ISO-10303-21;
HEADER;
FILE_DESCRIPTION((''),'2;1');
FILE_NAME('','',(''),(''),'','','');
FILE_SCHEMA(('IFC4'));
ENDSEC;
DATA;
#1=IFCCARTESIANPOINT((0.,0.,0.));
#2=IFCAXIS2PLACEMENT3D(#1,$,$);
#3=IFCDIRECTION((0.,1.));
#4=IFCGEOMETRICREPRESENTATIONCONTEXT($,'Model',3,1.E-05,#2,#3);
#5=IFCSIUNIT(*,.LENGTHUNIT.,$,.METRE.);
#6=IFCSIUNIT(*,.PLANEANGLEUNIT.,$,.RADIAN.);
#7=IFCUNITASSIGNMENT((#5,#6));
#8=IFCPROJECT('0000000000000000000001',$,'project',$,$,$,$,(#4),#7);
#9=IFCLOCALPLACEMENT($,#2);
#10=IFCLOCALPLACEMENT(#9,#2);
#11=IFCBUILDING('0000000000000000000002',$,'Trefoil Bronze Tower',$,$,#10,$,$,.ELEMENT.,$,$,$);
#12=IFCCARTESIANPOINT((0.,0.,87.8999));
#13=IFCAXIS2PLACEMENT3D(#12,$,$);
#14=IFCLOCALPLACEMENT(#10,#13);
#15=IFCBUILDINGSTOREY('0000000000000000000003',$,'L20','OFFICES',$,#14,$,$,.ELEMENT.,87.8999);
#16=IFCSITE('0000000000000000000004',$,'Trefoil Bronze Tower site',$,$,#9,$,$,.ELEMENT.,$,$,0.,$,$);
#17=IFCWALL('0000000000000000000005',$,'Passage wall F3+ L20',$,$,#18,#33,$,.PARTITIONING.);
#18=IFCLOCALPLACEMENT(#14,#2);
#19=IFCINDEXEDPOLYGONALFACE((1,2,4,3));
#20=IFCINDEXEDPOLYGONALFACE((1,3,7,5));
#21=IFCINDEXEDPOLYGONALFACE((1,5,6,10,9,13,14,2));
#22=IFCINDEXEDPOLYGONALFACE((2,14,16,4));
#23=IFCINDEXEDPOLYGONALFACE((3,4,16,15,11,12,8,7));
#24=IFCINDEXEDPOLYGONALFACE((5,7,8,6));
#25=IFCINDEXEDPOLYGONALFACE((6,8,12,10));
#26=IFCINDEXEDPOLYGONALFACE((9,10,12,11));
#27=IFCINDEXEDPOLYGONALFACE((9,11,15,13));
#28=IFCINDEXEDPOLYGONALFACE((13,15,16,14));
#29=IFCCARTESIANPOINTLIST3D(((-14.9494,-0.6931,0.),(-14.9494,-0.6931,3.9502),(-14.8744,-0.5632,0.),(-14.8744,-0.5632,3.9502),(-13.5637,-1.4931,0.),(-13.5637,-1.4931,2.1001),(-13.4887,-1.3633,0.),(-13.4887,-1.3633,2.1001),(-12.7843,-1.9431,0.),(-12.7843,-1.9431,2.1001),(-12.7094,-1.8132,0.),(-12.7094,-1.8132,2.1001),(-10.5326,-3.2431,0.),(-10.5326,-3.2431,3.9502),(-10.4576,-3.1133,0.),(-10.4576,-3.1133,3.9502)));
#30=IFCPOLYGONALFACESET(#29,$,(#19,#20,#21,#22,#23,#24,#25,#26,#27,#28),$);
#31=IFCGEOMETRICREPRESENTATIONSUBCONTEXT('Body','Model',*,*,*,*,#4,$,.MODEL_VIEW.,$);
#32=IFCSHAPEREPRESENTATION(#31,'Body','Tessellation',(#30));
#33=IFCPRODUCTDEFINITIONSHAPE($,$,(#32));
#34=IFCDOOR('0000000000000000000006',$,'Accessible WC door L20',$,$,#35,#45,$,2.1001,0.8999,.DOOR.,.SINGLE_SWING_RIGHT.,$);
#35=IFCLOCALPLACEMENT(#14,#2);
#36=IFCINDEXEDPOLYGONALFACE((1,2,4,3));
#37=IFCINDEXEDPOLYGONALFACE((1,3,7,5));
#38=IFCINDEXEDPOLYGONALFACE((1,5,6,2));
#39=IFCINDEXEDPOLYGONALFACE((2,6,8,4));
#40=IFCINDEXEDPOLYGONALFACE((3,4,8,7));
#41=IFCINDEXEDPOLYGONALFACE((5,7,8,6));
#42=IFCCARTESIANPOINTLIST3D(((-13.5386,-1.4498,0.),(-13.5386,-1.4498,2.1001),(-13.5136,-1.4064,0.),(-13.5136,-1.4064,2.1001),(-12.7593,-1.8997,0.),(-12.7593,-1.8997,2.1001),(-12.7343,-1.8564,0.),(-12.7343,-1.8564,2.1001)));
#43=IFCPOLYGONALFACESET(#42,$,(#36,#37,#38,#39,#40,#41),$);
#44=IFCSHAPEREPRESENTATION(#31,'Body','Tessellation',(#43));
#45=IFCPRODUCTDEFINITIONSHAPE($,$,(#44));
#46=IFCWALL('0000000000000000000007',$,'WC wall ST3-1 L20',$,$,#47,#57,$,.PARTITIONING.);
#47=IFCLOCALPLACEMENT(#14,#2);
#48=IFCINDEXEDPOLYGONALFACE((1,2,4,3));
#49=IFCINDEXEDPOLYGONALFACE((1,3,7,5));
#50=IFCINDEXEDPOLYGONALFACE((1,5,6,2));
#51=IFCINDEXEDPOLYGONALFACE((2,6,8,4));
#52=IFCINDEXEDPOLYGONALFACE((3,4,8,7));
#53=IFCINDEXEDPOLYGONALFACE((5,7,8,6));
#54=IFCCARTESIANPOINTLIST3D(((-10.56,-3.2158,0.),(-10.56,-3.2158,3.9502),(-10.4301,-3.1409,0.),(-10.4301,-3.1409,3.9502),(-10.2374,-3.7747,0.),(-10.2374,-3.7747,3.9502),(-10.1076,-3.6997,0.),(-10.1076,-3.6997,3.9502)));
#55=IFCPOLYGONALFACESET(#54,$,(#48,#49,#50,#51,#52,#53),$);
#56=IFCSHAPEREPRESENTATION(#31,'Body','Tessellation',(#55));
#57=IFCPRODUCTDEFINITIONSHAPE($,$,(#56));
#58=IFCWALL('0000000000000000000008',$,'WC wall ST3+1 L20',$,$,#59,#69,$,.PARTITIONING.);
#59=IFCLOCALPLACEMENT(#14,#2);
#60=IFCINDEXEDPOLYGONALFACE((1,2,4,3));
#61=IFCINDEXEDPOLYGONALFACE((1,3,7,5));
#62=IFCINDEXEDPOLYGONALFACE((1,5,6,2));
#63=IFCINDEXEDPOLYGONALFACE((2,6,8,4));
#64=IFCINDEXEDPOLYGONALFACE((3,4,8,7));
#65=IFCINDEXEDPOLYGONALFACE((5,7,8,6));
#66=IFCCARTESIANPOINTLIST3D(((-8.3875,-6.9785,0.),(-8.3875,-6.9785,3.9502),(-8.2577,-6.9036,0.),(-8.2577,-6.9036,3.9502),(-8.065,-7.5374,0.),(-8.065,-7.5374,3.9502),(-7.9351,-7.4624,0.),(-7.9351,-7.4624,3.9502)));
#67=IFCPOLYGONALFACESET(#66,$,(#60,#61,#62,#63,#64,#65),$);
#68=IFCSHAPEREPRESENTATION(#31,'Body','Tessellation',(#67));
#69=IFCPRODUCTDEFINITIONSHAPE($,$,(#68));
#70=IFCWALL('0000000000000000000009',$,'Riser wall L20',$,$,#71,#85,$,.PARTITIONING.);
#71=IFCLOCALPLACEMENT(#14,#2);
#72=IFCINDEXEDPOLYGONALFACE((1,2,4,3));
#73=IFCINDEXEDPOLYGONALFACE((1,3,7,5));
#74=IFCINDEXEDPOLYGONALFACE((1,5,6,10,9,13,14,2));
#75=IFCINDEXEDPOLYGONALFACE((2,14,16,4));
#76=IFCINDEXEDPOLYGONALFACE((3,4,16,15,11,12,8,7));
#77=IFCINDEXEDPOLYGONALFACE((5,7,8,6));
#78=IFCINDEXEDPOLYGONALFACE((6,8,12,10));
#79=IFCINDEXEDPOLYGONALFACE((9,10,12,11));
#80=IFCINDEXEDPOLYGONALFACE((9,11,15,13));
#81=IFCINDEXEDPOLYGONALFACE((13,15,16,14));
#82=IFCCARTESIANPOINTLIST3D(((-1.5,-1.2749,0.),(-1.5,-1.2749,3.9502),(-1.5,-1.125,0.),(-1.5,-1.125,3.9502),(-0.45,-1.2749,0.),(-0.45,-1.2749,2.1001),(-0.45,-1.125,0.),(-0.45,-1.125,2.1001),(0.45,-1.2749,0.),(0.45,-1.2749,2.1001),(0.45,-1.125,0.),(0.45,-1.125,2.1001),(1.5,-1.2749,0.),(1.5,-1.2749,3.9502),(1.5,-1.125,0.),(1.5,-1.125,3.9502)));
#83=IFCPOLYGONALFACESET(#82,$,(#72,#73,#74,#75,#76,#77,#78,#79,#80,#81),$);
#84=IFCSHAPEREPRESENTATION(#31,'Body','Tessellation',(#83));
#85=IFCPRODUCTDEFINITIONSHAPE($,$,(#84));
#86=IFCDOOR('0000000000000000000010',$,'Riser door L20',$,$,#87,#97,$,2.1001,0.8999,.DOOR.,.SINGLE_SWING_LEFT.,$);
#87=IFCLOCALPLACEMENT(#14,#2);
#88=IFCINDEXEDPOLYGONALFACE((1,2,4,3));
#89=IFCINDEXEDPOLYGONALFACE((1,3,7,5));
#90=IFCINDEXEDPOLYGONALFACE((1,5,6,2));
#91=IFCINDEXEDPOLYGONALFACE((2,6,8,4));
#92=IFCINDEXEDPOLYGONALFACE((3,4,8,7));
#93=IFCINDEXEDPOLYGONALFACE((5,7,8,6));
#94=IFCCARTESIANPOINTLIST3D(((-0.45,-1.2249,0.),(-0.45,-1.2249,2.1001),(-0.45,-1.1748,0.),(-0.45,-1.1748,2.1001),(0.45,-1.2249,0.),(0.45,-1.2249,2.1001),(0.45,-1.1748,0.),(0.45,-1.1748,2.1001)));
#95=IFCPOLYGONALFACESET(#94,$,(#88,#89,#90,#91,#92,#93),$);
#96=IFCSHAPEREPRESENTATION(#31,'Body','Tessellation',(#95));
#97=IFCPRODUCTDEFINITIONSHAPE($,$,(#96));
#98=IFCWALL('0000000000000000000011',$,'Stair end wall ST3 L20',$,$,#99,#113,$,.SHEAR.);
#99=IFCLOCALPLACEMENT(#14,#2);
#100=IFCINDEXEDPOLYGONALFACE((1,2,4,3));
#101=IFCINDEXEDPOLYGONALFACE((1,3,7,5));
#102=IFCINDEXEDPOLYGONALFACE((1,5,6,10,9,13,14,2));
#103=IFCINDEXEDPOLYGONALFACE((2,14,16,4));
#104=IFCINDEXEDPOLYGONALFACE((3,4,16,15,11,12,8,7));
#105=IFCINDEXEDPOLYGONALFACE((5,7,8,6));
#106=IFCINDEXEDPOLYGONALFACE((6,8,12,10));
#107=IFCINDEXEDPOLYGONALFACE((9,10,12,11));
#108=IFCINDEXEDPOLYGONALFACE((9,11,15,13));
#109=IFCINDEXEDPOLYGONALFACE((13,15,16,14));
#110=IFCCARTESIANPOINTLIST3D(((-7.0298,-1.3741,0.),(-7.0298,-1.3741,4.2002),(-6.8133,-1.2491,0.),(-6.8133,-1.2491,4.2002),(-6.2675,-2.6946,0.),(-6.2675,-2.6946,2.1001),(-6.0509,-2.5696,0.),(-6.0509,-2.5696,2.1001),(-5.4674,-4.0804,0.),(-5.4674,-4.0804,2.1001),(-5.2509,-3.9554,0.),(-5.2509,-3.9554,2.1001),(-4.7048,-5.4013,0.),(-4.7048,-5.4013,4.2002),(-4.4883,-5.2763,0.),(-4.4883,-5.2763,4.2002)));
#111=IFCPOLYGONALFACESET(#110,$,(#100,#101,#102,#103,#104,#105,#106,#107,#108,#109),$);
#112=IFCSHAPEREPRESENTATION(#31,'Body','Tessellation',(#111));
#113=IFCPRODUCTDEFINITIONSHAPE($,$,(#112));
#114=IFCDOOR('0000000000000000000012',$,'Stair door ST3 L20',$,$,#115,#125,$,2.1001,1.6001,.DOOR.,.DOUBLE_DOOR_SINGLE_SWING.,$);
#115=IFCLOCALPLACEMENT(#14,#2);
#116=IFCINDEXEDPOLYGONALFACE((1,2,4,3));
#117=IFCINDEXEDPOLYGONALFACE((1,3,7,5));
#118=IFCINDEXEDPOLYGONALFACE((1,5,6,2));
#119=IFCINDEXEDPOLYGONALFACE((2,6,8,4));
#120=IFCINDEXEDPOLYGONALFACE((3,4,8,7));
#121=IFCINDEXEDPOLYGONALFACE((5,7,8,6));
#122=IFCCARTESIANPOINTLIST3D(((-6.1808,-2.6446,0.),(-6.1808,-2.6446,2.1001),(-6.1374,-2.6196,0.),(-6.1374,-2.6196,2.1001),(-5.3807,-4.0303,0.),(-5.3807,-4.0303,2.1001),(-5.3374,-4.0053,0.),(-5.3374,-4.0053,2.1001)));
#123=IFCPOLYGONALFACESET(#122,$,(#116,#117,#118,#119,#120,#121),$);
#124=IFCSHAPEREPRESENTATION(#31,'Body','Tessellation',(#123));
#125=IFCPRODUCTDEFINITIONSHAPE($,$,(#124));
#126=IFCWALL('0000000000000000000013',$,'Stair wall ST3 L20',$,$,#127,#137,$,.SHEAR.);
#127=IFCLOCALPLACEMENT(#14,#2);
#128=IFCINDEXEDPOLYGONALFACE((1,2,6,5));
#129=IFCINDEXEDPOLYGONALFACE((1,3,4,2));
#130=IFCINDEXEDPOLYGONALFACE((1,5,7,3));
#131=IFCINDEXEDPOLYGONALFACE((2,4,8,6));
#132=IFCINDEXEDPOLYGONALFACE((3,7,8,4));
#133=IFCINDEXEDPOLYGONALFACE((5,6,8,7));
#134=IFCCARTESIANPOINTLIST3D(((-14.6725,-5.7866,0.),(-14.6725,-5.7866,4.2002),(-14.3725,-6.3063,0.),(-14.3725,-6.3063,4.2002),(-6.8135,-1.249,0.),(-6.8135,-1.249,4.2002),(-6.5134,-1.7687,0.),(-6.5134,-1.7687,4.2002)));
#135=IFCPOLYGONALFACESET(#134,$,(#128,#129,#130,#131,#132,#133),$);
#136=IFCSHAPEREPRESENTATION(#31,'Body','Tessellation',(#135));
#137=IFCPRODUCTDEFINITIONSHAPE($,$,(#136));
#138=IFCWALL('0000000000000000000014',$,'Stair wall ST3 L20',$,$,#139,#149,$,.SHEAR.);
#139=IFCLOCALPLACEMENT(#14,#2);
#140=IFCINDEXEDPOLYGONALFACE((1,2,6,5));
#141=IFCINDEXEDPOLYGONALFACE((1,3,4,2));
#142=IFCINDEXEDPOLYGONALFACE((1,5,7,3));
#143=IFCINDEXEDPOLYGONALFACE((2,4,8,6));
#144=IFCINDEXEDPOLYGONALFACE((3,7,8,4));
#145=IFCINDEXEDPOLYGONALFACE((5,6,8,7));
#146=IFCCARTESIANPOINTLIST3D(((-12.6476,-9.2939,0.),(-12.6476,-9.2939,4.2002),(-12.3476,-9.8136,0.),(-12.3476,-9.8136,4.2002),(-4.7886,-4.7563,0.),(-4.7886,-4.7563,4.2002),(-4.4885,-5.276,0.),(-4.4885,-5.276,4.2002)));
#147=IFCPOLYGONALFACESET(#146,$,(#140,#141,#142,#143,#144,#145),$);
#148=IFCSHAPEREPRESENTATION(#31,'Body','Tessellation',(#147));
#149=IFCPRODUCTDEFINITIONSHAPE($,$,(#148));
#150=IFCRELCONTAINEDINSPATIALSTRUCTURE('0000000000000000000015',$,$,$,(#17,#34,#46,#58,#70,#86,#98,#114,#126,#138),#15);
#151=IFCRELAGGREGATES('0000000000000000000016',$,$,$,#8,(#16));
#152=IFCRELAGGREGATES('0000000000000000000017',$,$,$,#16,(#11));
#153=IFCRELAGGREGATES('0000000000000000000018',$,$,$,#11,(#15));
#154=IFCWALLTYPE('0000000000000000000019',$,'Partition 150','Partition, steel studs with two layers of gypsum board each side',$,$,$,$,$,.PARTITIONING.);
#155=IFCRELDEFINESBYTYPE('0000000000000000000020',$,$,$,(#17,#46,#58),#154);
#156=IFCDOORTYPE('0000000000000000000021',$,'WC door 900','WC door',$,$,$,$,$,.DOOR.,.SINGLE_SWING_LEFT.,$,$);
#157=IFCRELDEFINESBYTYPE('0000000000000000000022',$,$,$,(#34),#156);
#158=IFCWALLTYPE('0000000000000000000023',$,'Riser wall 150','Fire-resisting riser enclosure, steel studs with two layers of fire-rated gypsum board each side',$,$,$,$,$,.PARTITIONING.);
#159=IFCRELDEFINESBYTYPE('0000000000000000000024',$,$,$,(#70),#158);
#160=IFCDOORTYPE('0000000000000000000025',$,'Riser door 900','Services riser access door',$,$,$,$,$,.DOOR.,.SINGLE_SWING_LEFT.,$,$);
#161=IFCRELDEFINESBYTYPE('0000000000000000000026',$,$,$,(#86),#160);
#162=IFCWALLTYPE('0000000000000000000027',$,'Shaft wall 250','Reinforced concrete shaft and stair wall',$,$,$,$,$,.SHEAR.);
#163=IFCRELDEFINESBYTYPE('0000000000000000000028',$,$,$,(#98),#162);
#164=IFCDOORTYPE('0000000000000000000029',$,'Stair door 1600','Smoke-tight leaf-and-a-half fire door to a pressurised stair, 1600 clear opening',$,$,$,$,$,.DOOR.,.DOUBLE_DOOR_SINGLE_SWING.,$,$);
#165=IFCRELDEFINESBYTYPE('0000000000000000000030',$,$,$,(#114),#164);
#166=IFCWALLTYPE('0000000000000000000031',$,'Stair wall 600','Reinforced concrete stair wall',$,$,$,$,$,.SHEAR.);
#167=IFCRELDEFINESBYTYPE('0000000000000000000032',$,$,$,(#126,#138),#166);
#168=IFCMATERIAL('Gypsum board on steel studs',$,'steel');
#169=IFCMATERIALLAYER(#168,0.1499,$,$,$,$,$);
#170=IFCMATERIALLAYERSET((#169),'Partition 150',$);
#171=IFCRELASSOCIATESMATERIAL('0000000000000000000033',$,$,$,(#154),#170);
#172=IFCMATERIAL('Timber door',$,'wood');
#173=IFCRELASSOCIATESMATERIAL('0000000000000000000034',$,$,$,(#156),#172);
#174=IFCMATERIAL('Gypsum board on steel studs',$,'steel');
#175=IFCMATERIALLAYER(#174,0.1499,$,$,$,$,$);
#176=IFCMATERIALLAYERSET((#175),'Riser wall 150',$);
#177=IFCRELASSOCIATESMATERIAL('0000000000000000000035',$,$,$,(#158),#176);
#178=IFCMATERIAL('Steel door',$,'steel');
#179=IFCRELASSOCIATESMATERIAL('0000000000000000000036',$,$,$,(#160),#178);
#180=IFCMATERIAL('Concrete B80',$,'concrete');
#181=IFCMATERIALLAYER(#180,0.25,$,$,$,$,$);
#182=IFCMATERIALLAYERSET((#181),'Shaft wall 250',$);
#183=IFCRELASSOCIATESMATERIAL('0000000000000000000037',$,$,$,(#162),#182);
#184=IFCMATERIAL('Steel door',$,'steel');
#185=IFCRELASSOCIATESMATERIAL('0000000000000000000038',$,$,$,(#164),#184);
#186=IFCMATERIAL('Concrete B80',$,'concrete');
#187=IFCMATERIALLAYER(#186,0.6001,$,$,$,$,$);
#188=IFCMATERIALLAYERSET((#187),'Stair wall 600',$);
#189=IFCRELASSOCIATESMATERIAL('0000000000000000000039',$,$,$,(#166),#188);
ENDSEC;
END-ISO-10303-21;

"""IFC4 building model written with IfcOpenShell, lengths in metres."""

from ifc_helpers import new_model, si_unit, direction, frame, frame_2d, origin, place, context, subcontext, project, spatial, rectangle, extrude, material, layer, layer_set, type_object, element, fill, save


model = new_model("IFC4")

# Units and contexts
model_context = context("Model", 3, precision=1e-05, world=origin(), true_north=direction((0.0, 1.0)))
body_context = subcontext(model_context, "Body", "Model", "MODEL_VIEW")
ifc_project = project(units=[si_unit("LENGTHUNIT", "METRE"), si_unit("PLANEANGLEUNIT", "RADIAN")], contexts=[model_context])

# Site, building, storey
site_placement = place(None, origin())
site = spatial("IfcSite", under=ifc_project, at=site_placement, Name="Trefoil Bronze Tower site", CompositionType="ELEMENT", RefElevation=0.0)
building_placement = place(site_placement, origin())
building = spatial("IfcBuilding", under=site, at=building_placement, Name="Trefoil Bronze Tower", CompositionType="ELEMENT")
storey_placement = place(building_placement, frame((0.0, 0.0, 87.8999)))
storey = spatial("IfcBuildingStorey", under=building, at=storey_placement, Name="L20", Description="OFFICES", CompositionType="ELEMENT", Elevation=87.8999)

# Wall, opening, door
ifc_material_1 = material(Name="Gypsum board on steel studs", Category="steel")
ifc_layer_1 = layer(ifc_material_1, 0.1499)
ifc_layer_set_1 = layer_set([ifc_layer_1], Name="Partition 150")
wall_type_1 = type_object("IfcWallType", Name="Partition 150", Description="Partition, steel studs with two layers of gypsum board each side", PredefinedType="PARTITIONING", material=ifc_layer_set_1)
ifc_material_2 = material(Name="Timber door", Category="wood")
door_type_1 = type_object("IfcDoorType", Name="WC door 900", Description="WC door", OperationType="SINGLE_SWING_LEFT", PredefinedType="DOOR", material=ifc_material_2)
wall_1_placement = place(storey_placement, frame((-10.4951, -3.1782, 0.0), z_axis=(0.0, 0.0, 1.0), x_axis=(-0.866022, 0.500006, 0.0)))
wall_1 = element("IfcWall", 1, at=wall_1_placement, inside=storey, type_object=wall_type_1, Name="Passage wall F3+ L20", PredefinedType="PARTITIONING", context=body_context, shape_type="SweptSolid", body=[
    extrude(rectangle(XDim=5.1001, YDim=0.1499, at=frame_2d((2.55, 0.0))), origin(), (0.0, 0.0, 1.0), 3.9502),
])
opening_1_placement = place(wall_1_placement, frame((2.6001, 0.0, 0.0)))
opening_1 = element("IfcOpeningElement", 2, at=opening_1_placement, cuts=wall_1, PredefinedType="OPENING", context=body_context, shape_type="SweptSolid", body=[
    extrude(rectangle(XDim=0.8999, YDim=2.1001, at=frame_2d((0.45, 1.05))), frame((0.0, 0.085, 0.0), z_axis=(0.0, -1.0, 0.0), x_axis=(1.0, 0.0, 0.0)), (0.0, 0.0, 1.0), 0.1699),
])
door_1_placement = place(opening_1_placement, origin())
door_1 = element("IfcDoor", 3, at=door_1_placement, inside=storey, type_object=door_type_1, Name="Accessible WC door L20", OperationType="SINGLE_SWING_RIGHT", OverallHeight=2.1001, OverallWidth=0.8999, PredefinedType="DOOR", context=body_context, shape_type="SweptSolid", body=[
    extrude(rectangle(XDim=0.8999, YDim=2.1001, at=frame_2d((0.45, 1.05))), frame((0.0, 0.0249, 0.0), z_axis=(0.0, -1.0, 0.0), x_axis=(1.0, 0.0, 0.0)), (0.0, 0.0, 1.0), 0.05),
])
fill(opening_1, door_1)

# Walls
for number, where, z_axis, x_axis, name in (
    (4, (-10.4951, -3.1782, 0.0), (0.0, 0.0, 1.0), (0.499843, -0.866116, 0.0), "WC wall ST3-1 L20"),
    (5, (-8.0, -7.5, 0.0), (0.0, 0.0, 1.0), (-0.499843, 0.866116, 0.0), "WC wall ST3+1 L20"),
):
    element("IfcWall", number, at=place(storey_placement, frame(where, z_axis=z_axis, x_axis=x_axis)), inside=storey, type_object=wall_type_1, Name=name, PredefinedType="PARTITIONING", context=body_context, shape_type="SweptSolid", body=[
        extrude(rectangle(XDim=0.6453, YDim=0.1499, at=frame_2d((0.3228, 0.0))), origin(), (0.0, 0.0, 1.0), 3.9502),
    ])

# Walls, openings, doors
ifc_material_3 = material(Name="Gypsum board on steel studs", Category="steel")
ifc_layer_2 = layer(ifc_material_3, 0.1499)
ifc_layer_set_2 = layer_set([ifc_layer_2], Name="Riser wall 150")
wall_type_2 = type_object("IfcWallType", Name="Riser wall 150", Description="Fire-resisting riser enclosure, steel studs with two layers of fire-rated gypsum board each side", PredefinedType="PARTITIONING", material=ifc_layer_set_2)
wall_2_placement = place(storey_placement, frame((-1.5, -1.2, 0.0), z_axis=(0.0, 0.0, 1.0), x_axis=(1.0, 0.0, 0.0)))
wall_2 = element("IfcWall", 6, at=wall_2_placement, inside=storey, type_object=wall_type_2, Name="Riser wall L20", PredefinedType="PARTITIONING", context=body_context, shape_type="SweptSolid", body=[
    extrude(rectangle(XDim=3.0, YDim=0.1499, at=frame_2d((1.5, 0.0))), origin(), (0.0, 0.0, 1.0), 3.9502),
])
opening_2_placement = place(wall_2_placement, frame((1.05, 0.0, 0.0)))
opening_2 = element("IfcOpeningElement", 7, at=opening_2_placement, cuts=wall_2, PredefinedType="OPENING", context=body_context, shape_type="SweptSolid", body=[
    extrude(rectangle(XDim=0.8999, YDim=2.1001, at=frame_2d((0.45, 1.05))), frame((0.0, 0.085, 0.0), z_axis=(0.0, -1.0, 0.0), x_axis=(1.0, 0.0, 0.0)), (0.0, 0.0, 1.0), 0.1699),
])
ifc_material_4 = material(Name="Steel door", Category="steel")
door_type_2 = type_object("IfcDoorType", Name="Riser door 900", Description="Services riser access door", OperationType="SINGLE_SWING_LEFT", PredefinedType="DOOR", material=ifc_material_4)
door_2_placement = place(opening_2_placement, frame((0.8999, 0.0, 0.0), z_axis=(0.0, 0.0, 1.0), x_axis=(-1.0, 0.0, 0.0)))
door_2 = element("IfcDoor", 8, at=door_2_placement, inside=storey, type_object=door_type_2, Name="Riser door L20", OperationType="SINGLE_SWING_LEFT", OverallHeight=2.1001, OverallWidth=0.8999, PredefinedType="DOOR", context=body_context, shape_type="SweptSolid", body=[
    extrude(rectangle(XDim=0.8999, YDim=2.1001, at=frame_2d((0.45, 1.05))), frame((0.0, 0.0249, 0.0), z_axis=(0.0, -1.0, 0.0), x_axis=(1.0, 0.0, 0.0)), (0.0, 0.0, 1.0), 0.05),
])
fill(opening_2, door_2)
ifc_material_5 = material(Name="Concrete B80", Category="concrete")
ifc_layer_3 = layer(ifc_material_5, 0.25)
ifc_layer_set_3 = layer_set([ifc_layer_3], Name="Shaft wall 250")
wall_type_3 = type_object("IfcWallType", Name="Shaft wall 250", Description="Reinforced concrete shaft and stair wall", PredefinedType="SHEAR", material=ifc_layer_set_3)
wall_3_placement = place(storey_placement, frame((-6.9216, -1.3115, 0.0), z_axis=(0.0, 0.0, 1.0), x_axis=(0.499985, -0.866034, 0.0)))
wall_3 = element("IfcWall", 9, at=wall_3_placement, inside=storey, type_object=wall_type_3, Name="Stair end wall ST3 L20", PredefinedType="SHEAR", context=body_context, shape_type="SweptSolid", body=[
    extrude(rectangle(XDim=4.6501, YDim=0.25, at=frame_2d((2.3252, 0.0))), origin(), (0.0, 0.0, 1.0), 4.2002),
])
opening_3_placement = place(wall_3_placement, frame((1.5249, 0.0, 0.0)))
opening_3 = element("IfcOpeningElement", 10, at=opening_3_placement, cuts=wall_3, PredefinedType="OPENING", context=body_context, shape_type="SweptSolid", body=[
    extrude(rectangle(XDim=1.6001, YDim=2.1001, at=frame_2d((0.8, 1.05))), frame((0.0, 0.135, 0.0), z_axis=(0.0, -1.0, 0.0), x_axis=(1.0, 0.0, 0.0)), (0.0, 0.0, 1.0), 0.27),
])
ifc_material_6 = material(Name="Steel door", Category="steel")
door_type_3 = type_object("IfcDoorType", Name="Stair door 1600", Description="Smoke-tight leaf-and-a-half fire door to a pressurised stair, 1600 clear opening", OperationType="DOUBLE_DOOR_SINGLE_SWING", PredefinedType="DOOR", material=ifc_material_6)
door_3_placement = place(opening_3_placement, frame((1.6001, 0.0, 0.0), z_axis=(0.0, 0.0, 1.0), x_axis=(-1.0, 0.0, 0.0)))
door_3 = element("IfcDoor", 11, at=door_3_placement, inside=storey, type_object=door_type_3, Name="Stair door ST3 L20", OperationType="DOUBLE_DOOR_SINGLE_SWING", OverallHeight=2.1001, OverallWidth=1.6001, PredefinedType="DOOR", context=body_context, shape_type="SweptSolid", body=[
    extrude(rectangle(XDim=1.6001, YDim=2.1001, at=frame_2d((0.8, 1.05))), frame((0.0, 0.0249, 0.0), z_axis=(0.0, -1.0, 0.0), x_axis=(1.0, 0.0, 0.0)), (0.0, 0.0, 1.0), 0.05),
])
fill(opening_3, door_3)

# Walls
ifc_material_7 = material(Name="Concrete B80", Category="concrete")
ifc_layer_4 = layer(ifc_material_7, 0.6001)
ifc_layer_set_4 = layer_set([ifc_layer_4], Name="Stair wall 600")
wall_type_4 = type_object("IfcWallType", Name="Stair wall 600", Description="Reinforced concrete stair wall", PredefinedType="SHEAR", material=ifc_layer_set_4)
for number, where, z_axis, x_axis, name in (
    (12, (-6.6633, -1.5088, 0.0), (0.0, 0.0, 1.0), (-0.866019, -0.50001, 0.0), "Stair wall ST3 L20"),
    (13, (-4.6384, -5.0161, 0.0), (0.0, 0.0, 1.0), (-0.866019, -0.50001, 0.0), "Stair wall ST3 L20"),
):
    element("IfcWall", number, at=place(storey_placement, frame(where, z_axis=z_axis, x_axis=x_axis)), inside=storey, type_object=wall_type_4, Name=name, PredefinedType="SHEAR", context=body_context, shape_type="SweptSolid", body=[
        extrude(rectangle(XDim=9.075, YDim=0.6001, at=frame_2d((4.5376, 0.0))), origin(), (0.0, 0.0, 1.0), 4.2002),
    ])

save(model, "model.ifc")
